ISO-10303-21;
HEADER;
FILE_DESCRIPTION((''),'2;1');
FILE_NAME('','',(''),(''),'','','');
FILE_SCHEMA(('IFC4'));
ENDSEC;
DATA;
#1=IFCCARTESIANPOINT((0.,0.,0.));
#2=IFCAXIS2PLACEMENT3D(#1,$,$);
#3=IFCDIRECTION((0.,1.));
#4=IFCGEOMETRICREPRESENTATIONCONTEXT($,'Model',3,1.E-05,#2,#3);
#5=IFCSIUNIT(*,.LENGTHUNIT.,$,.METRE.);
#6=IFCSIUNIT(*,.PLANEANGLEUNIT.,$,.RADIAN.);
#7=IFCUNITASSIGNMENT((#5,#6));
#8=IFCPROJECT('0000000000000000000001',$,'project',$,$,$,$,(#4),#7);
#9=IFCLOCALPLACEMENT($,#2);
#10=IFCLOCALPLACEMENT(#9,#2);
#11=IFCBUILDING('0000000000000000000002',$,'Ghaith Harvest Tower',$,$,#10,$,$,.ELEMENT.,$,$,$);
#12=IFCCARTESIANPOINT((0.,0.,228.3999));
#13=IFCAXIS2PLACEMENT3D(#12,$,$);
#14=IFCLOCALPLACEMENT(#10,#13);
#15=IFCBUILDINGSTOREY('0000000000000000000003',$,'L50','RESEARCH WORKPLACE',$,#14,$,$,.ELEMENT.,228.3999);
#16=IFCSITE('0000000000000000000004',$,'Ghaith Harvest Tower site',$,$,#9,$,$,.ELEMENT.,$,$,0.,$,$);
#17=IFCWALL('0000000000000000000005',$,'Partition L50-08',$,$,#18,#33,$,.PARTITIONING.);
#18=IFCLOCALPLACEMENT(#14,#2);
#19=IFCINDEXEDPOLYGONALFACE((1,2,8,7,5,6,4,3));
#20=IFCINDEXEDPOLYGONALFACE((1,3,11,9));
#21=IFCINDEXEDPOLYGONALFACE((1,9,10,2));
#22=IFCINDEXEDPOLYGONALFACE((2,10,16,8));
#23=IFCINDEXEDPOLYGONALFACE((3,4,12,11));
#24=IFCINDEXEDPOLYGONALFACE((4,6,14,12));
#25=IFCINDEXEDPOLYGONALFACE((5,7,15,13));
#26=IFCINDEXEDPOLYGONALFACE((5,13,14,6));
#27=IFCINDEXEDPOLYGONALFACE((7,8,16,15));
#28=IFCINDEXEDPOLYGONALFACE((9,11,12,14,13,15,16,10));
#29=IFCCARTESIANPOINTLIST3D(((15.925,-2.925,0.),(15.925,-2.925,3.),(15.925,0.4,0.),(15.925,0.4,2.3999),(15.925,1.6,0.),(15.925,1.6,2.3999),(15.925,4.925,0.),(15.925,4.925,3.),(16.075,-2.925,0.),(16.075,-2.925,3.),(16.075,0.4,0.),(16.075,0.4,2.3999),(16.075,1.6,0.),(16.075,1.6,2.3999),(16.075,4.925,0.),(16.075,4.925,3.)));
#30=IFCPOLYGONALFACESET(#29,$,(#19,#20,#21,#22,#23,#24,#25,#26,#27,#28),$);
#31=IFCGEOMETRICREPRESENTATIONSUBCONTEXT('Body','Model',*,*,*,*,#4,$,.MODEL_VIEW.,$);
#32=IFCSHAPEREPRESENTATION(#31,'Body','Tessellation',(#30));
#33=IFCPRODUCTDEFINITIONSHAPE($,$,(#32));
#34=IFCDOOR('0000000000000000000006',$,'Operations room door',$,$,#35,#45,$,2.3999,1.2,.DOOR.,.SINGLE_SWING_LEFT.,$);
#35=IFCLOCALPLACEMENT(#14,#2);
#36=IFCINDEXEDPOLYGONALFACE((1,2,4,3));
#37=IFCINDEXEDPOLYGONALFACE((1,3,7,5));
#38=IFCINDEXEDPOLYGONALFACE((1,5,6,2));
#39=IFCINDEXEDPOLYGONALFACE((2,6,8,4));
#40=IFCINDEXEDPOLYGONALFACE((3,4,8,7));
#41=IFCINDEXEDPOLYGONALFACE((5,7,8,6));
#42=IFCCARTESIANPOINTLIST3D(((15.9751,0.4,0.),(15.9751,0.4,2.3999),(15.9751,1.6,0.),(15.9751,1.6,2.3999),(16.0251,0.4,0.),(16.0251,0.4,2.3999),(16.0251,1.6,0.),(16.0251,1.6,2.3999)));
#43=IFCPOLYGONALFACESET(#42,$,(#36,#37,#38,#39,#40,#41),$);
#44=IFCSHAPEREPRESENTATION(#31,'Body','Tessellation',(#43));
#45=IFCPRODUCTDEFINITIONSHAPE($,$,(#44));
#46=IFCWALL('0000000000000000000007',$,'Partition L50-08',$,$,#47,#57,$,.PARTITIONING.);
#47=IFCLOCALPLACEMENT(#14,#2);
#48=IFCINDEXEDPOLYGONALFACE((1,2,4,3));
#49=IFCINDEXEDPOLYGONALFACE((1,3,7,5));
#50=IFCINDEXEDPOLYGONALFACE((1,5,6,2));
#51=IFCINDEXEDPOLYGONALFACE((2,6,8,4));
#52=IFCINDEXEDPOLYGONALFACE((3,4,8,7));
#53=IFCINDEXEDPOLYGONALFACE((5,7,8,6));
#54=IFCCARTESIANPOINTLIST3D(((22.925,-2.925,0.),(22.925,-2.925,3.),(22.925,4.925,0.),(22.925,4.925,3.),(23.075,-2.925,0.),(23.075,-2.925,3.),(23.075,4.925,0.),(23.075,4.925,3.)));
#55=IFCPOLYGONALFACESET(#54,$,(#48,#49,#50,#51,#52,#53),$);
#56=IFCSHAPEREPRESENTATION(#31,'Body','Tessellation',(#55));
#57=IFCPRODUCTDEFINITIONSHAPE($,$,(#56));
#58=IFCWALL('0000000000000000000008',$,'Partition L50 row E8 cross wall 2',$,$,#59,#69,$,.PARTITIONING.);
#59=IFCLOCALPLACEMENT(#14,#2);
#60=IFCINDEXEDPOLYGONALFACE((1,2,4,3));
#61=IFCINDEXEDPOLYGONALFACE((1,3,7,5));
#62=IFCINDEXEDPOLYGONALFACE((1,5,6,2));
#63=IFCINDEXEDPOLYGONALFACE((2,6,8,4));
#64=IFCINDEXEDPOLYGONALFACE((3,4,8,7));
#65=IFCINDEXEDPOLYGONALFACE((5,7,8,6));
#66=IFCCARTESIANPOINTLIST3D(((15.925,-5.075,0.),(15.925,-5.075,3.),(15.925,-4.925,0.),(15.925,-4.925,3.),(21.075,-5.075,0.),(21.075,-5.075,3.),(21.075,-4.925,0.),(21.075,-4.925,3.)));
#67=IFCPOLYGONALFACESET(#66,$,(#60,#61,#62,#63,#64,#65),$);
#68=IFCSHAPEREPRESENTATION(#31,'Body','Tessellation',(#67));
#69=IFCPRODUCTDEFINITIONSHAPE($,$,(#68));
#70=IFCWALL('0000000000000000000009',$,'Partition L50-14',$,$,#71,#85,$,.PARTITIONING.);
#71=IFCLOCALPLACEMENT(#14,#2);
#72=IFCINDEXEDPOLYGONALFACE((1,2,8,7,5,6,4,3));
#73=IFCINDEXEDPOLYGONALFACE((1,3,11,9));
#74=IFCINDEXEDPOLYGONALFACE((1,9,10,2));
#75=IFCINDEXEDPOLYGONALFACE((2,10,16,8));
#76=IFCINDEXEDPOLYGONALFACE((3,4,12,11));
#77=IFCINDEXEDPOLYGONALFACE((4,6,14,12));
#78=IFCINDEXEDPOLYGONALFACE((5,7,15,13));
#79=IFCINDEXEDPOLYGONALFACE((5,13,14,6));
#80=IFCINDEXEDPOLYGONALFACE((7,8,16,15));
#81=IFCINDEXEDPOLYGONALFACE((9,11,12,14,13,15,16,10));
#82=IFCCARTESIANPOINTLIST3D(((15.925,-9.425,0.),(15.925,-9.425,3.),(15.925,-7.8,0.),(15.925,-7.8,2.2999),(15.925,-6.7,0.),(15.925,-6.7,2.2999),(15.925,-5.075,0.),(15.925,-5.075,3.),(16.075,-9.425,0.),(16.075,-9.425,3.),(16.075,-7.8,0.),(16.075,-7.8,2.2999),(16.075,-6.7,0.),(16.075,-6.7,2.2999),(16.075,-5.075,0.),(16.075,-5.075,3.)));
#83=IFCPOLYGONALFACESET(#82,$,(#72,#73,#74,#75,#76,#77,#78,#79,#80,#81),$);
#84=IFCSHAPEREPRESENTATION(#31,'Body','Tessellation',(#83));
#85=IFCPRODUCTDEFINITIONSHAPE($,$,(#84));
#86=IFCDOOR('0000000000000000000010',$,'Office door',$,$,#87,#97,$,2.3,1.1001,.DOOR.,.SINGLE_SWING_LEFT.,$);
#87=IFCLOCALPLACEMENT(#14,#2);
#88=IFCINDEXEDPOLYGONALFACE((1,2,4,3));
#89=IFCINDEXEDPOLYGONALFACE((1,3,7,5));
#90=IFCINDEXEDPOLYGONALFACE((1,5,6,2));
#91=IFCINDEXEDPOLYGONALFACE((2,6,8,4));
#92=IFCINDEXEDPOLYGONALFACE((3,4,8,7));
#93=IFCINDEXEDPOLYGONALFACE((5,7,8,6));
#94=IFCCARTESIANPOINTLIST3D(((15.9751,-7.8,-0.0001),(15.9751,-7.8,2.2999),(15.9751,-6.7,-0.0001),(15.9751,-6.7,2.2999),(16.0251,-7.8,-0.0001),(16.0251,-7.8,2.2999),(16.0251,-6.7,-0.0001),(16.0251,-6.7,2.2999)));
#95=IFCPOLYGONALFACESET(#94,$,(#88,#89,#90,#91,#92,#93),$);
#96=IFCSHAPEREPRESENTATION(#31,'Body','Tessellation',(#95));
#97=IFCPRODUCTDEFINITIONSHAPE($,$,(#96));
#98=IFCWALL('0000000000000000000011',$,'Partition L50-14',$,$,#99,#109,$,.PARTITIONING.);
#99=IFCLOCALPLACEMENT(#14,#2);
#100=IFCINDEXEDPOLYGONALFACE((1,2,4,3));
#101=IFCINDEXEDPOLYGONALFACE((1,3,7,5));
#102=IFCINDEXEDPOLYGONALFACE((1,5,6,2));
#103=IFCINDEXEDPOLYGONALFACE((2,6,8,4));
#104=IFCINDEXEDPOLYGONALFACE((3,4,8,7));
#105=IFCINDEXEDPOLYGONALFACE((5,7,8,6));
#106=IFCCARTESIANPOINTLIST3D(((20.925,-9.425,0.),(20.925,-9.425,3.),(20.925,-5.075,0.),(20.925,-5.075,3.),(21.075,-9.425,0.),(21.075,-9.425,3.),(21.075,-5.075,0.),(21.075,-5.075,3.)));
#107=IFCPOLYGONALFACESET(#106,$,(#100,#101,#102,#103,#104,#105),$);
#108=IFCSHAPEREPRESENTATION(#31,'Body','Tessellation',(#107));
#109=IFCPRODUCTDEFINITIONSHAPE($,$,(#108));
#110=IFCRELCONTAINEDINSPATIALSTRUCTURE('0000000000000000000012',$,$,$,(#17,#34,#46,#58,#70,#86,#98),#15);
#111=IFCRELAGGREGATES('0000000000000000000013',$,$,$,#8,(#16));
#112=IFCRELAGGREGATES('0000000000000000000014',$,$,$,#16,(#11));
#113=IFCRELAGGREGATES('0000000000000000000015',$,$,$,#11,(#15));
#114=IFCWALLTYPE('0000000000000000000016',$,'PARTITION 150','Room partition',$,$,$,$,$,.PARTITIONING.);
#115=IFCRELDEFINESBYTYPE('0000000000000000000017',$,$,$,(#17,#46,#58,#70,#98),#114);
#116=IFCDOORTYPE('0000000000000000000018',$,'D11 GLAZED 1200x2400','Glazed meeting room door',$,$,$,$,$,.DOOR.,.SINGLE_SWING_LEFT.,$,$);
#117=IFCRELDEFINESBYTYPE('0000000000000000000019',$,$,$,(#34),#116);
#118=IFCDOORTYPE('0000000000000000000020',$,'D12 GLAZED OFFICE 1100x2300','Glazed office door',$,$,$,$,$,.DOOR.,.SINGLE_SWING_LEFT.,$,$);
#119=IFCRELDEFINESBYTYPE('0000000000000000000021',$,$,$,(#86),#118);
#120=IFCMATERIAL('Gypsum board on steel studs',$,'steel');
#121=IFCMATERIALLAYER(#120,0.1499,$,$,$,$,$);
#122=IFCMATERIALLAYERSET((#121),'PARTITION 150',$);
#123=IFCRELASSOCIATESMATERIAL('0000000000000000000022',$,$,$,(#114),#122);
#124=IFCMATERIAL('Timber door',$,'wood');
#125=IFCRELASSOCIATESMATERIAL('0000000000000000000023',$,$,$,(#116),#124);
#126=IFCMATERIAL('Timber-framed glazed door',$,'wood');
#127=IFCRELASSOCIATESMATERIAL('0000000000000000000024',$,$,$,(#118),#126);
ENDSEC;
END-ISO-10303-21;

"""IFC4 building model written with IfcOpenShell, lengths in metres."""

from ifc_helpers import new_model, si_unit, direction, frame, frame_2d, origin, place, context, subcontext, project, spatial, rectangle, extrude, material, layer, layer_set, type_object, element, fill, save


model = new_model("IFC4")

# Units and contexts
model_context = context("Model", 3, precision=1e-05, world=origin(), true_north=direction((0.0, 1.0)))
body_context = subcontext(model_context, "Body", "Model", "MODEL_VIEW")
ifc_project = project(units=[si_unit("LENGTHUNIT", "METRE"), si_unit("PLANEANGLEUNIT", "RADIAN")], contexts=[model_context])

# Site, building, storey
site_placement = place(None, origin())
site = spatial("IfcSite", under=ifc_project, at=site_placement, Name="Ghaith Harvest Tower site", CompositionType="ELEMENT", RefElevation=0.0)
building_placement = place(site_placement, origin())
building = spatial("IfcBuilding", under=site, at=building_placement, Name="Ghaith Harvest Tower", CompositionType="ELEMENT")
storey_placement = place(building_placement, frame((0.0, 0.0, 228.3999)))
storey = spatial("IfcBuildingStorey", under=building, at=storey_placement, Name="L50", Description="RESEARCH WORKPLACE", CompositionType="ELEMENT", Elevation=228.3999)

# Shared definitions
ifc_material_1 = material(Name="Gypsum board on steel studs", Category="steel")
ifc_layer_1 = layer(ifc_material_1, 0.1499)
ifc_layer_set_1 = layer_set([ifc_layer_1], Name="PARTITION 150")
wall_type_1 = type_object("IfcWallType", Name="PARTITION 150", Description="Room partition", PredefinedType="PARTITIONING", material=ifc_layer_set_1)

# Wall, opening, door
wall_1_placement = place(storey_placement, frame((16.0, -2.925, 0.0), z_axis=(0.0, 0.0, 1.0), x_axis=(0.0, 1.0, 0.0)))
wall_1 = element("IfcWall", 1, at=wall_1_placement, inside=storey, type_object=wall_type_1, Name="Partition L50-08", PredefinedType="PARTITIONING", context=body_context, shape_type="SweptSolid", body=[
    extrude(rectangle(XDim=7.8501, YDim=0.1499, at=frame_2d((3.925, 0.0))), origin(), (0.0, 0.0, 1.0), 3.0),
])
opening_1_placement = place(wall_1_placement, frame((3.325, 0.0, 0.0)))
opening_1 = element("IfcOpeningElement", 2, at=opening_1_placement, cuts=wall_1, PredefinedType="OPENING", context=body_context, shape_type="SweptSolid", body=[
    extrude(rectangle(XDim=1.2, YDim=2.3999, at=frame_2d((0.6001, 1.2))), frame((0.0, 0.085, 0.0), z_axis=(0.0, -1.0, 0.0), x_axis=(1.0, 0.0, 0.0)), (0.0, 0.0, 1.0), 0.1699),
])
ifc_material_2 = material(Name="Timber door", Category="wood")
door_type_1 = type_object("IfcDoorType", Name="D11 GLAZED 1200x2400", Description="Glazed meeting room door", OperationType="SINGLE_SWING_LEFT", PredefinedType="DOOR", material=ifc_material_2)
door_1_placement = place(opening_1_placement, origin())
door_1 = element("IfcDoor", 3, at=door_1_placement, inside=storey, type_object=door_type_1, Name="Operations room door", OperationType="SINGLE_SWING_LEFT", OverallHeight=2.3999, OverallWidth=1.2, PredefinedType="DOOR", context=body_context, shape_type="SweptSolid", body=[
    extrude(rectangle(XDim=1.2, YDim=2.3999, at=frame_2d((0.6001, 1.2))), frame((0.0, 0.0249, 0.0), z_axis=(0.0, -1.0, 0.0), x_axis=(1.0, 0.0, 0.0)), (0.0, 0.0, 1.0), 0.05),
])
fill(opening_1, door_1)

# Walls
wall_2_placement = place(storey_placement, frame((23.0, -2.925, 0.0), z_axis=(0.0, 0.0, 1.0), x_axis=(0.0, 1.0, 0.0)))
element("IfcWall", 4, at=wall_2_placement, inside=storey, type_object=wall_type_1, Name="Partition L50-08", PredefinedType="PARTITIONING", context=body_context, shape_type="SweptSolid", body=[
    extrude(rectangle(XDim=7.8501, YDim=0.1499, at=frame_2d((3.925, 0.0))), origin(), (0.0, 0.0, 1.0), 3.0),
])
wall_3_placement = place(storey_placement, frame((15.925, -5.0, 0.0), z_axis=(0.0, 0.0, 1.0), x_axis=(1.0, 0.0, 0.0)))
element("IfcWall", 5, at=wall_3_placement, inside=storey, type_object=wall_type_1, Name="Partition L50 row E8 cross wall 2", PredefinedType="PARTITIONING", context=body_context, shape_type="SweptSolid", body=[
    extrude(rectangle(XDim=5.1499, YDim=0.1499, at=frame_2d((2.575, 0.0))), origin(), (0.0, 0.0, 1.0), 3.0),
])

# Wall, opening, door
wall_4_placement = place(storey_placement, frame((16.0, -9.425, 0.0), z_axis=(0.0, 0.0, 1.0), x_axis=(0.0, 1.0, 0.0)))
wall_4 = element("IfcWall", 6, at=wall_4_placement, inside=storey, type_object=wall_type_1, Name="Partition L50-14", PredefinedType="PARTITIONING", context=body_context, shape_type="SweptSolid", body=[
    extrude(rectangle(XDim=4.3501, YDim=0.1499, at=frame_2d((2.175, 0.0))), origin(), (0.0, 0.0, 1.0), 3.0),
])
opening_2_placement = place(wall_4_placement, frame((1.625, 0.0, 0.0)))
opening_2 = element("IfcOpeningElement", 7, at=opening_2_placement, cuts=wall_4, PredefinedType="OPENING", context=body_context, shape_type="SweptSolid", body=[
    extrude(rectangle(XDim=1.1001, YDim=2.3, at=frame_2d((0.55, 1.1499))), frame((0.0, 0.085, 0.0), z_axis=(0.0, -1.0, 0.0), x_axis=(1.0, 0.0, 0.0)), (0.0, 0.0, 1.0), 0.1699),
])
ifc_material_3 = material(Name="Timber-framed glazed door", Category="wood")
door_type_2 = type_object("IfcDoorType", Name="D12 GLAZED OFFICE 1100x2300", Description="Glazed office door", OperationType="SINGLE_SWING_LEFT", PredefinedType="DOOR", material=ifc_material_3)
door_2_placement = place(opening_2_placement, origin())
door_2 = element("IfcDoor", 8, at=door_2_placement, inside=storey, type_object=door_type_2, Name="Office door", OperationType="SINGLE_SWING_LEFT", OverallHeight=2.3, OverallWidth=1.1001, PredefinedType="DOOR", context=body_context, shape_type="SweptSolid", body=[
    extrude(rectangle(XDim=1.1001, YDim=2.3, at=frame_2d((0.55, 1.1499))), frame((0.0, 0.0249, 0.0), z_axis=(0.0, -1.0, 0.0), x_axis=(1.0, 0.0, 0.0)), (0.0, 0.0, 1.0), 0.05),
])
fill(opening_2, door_2)

# Wall
wall_5_placement = place(storey_placement, frame((21.0, -9.425, 0.0), z_axis=(0.0, 0.0, 1.0), x_axis=(0.0, 1.0, 0.0)))
element("IfcWall", 9, at=wall_5_placement, inside=storey, type_object=wall_type_1, Name="Partition L50-14", PredefinedType="PARTITIONING", context=body_context, shape_type="SweptSolid", body=[
    extrude(rectangle(XDim=4.3501, YDim=0.1499, at=frame_2d((2.175, 0.0))), origin(), (0.0, 0.0, 1.0), 3.0),
])

save(model, "model.ifc")
